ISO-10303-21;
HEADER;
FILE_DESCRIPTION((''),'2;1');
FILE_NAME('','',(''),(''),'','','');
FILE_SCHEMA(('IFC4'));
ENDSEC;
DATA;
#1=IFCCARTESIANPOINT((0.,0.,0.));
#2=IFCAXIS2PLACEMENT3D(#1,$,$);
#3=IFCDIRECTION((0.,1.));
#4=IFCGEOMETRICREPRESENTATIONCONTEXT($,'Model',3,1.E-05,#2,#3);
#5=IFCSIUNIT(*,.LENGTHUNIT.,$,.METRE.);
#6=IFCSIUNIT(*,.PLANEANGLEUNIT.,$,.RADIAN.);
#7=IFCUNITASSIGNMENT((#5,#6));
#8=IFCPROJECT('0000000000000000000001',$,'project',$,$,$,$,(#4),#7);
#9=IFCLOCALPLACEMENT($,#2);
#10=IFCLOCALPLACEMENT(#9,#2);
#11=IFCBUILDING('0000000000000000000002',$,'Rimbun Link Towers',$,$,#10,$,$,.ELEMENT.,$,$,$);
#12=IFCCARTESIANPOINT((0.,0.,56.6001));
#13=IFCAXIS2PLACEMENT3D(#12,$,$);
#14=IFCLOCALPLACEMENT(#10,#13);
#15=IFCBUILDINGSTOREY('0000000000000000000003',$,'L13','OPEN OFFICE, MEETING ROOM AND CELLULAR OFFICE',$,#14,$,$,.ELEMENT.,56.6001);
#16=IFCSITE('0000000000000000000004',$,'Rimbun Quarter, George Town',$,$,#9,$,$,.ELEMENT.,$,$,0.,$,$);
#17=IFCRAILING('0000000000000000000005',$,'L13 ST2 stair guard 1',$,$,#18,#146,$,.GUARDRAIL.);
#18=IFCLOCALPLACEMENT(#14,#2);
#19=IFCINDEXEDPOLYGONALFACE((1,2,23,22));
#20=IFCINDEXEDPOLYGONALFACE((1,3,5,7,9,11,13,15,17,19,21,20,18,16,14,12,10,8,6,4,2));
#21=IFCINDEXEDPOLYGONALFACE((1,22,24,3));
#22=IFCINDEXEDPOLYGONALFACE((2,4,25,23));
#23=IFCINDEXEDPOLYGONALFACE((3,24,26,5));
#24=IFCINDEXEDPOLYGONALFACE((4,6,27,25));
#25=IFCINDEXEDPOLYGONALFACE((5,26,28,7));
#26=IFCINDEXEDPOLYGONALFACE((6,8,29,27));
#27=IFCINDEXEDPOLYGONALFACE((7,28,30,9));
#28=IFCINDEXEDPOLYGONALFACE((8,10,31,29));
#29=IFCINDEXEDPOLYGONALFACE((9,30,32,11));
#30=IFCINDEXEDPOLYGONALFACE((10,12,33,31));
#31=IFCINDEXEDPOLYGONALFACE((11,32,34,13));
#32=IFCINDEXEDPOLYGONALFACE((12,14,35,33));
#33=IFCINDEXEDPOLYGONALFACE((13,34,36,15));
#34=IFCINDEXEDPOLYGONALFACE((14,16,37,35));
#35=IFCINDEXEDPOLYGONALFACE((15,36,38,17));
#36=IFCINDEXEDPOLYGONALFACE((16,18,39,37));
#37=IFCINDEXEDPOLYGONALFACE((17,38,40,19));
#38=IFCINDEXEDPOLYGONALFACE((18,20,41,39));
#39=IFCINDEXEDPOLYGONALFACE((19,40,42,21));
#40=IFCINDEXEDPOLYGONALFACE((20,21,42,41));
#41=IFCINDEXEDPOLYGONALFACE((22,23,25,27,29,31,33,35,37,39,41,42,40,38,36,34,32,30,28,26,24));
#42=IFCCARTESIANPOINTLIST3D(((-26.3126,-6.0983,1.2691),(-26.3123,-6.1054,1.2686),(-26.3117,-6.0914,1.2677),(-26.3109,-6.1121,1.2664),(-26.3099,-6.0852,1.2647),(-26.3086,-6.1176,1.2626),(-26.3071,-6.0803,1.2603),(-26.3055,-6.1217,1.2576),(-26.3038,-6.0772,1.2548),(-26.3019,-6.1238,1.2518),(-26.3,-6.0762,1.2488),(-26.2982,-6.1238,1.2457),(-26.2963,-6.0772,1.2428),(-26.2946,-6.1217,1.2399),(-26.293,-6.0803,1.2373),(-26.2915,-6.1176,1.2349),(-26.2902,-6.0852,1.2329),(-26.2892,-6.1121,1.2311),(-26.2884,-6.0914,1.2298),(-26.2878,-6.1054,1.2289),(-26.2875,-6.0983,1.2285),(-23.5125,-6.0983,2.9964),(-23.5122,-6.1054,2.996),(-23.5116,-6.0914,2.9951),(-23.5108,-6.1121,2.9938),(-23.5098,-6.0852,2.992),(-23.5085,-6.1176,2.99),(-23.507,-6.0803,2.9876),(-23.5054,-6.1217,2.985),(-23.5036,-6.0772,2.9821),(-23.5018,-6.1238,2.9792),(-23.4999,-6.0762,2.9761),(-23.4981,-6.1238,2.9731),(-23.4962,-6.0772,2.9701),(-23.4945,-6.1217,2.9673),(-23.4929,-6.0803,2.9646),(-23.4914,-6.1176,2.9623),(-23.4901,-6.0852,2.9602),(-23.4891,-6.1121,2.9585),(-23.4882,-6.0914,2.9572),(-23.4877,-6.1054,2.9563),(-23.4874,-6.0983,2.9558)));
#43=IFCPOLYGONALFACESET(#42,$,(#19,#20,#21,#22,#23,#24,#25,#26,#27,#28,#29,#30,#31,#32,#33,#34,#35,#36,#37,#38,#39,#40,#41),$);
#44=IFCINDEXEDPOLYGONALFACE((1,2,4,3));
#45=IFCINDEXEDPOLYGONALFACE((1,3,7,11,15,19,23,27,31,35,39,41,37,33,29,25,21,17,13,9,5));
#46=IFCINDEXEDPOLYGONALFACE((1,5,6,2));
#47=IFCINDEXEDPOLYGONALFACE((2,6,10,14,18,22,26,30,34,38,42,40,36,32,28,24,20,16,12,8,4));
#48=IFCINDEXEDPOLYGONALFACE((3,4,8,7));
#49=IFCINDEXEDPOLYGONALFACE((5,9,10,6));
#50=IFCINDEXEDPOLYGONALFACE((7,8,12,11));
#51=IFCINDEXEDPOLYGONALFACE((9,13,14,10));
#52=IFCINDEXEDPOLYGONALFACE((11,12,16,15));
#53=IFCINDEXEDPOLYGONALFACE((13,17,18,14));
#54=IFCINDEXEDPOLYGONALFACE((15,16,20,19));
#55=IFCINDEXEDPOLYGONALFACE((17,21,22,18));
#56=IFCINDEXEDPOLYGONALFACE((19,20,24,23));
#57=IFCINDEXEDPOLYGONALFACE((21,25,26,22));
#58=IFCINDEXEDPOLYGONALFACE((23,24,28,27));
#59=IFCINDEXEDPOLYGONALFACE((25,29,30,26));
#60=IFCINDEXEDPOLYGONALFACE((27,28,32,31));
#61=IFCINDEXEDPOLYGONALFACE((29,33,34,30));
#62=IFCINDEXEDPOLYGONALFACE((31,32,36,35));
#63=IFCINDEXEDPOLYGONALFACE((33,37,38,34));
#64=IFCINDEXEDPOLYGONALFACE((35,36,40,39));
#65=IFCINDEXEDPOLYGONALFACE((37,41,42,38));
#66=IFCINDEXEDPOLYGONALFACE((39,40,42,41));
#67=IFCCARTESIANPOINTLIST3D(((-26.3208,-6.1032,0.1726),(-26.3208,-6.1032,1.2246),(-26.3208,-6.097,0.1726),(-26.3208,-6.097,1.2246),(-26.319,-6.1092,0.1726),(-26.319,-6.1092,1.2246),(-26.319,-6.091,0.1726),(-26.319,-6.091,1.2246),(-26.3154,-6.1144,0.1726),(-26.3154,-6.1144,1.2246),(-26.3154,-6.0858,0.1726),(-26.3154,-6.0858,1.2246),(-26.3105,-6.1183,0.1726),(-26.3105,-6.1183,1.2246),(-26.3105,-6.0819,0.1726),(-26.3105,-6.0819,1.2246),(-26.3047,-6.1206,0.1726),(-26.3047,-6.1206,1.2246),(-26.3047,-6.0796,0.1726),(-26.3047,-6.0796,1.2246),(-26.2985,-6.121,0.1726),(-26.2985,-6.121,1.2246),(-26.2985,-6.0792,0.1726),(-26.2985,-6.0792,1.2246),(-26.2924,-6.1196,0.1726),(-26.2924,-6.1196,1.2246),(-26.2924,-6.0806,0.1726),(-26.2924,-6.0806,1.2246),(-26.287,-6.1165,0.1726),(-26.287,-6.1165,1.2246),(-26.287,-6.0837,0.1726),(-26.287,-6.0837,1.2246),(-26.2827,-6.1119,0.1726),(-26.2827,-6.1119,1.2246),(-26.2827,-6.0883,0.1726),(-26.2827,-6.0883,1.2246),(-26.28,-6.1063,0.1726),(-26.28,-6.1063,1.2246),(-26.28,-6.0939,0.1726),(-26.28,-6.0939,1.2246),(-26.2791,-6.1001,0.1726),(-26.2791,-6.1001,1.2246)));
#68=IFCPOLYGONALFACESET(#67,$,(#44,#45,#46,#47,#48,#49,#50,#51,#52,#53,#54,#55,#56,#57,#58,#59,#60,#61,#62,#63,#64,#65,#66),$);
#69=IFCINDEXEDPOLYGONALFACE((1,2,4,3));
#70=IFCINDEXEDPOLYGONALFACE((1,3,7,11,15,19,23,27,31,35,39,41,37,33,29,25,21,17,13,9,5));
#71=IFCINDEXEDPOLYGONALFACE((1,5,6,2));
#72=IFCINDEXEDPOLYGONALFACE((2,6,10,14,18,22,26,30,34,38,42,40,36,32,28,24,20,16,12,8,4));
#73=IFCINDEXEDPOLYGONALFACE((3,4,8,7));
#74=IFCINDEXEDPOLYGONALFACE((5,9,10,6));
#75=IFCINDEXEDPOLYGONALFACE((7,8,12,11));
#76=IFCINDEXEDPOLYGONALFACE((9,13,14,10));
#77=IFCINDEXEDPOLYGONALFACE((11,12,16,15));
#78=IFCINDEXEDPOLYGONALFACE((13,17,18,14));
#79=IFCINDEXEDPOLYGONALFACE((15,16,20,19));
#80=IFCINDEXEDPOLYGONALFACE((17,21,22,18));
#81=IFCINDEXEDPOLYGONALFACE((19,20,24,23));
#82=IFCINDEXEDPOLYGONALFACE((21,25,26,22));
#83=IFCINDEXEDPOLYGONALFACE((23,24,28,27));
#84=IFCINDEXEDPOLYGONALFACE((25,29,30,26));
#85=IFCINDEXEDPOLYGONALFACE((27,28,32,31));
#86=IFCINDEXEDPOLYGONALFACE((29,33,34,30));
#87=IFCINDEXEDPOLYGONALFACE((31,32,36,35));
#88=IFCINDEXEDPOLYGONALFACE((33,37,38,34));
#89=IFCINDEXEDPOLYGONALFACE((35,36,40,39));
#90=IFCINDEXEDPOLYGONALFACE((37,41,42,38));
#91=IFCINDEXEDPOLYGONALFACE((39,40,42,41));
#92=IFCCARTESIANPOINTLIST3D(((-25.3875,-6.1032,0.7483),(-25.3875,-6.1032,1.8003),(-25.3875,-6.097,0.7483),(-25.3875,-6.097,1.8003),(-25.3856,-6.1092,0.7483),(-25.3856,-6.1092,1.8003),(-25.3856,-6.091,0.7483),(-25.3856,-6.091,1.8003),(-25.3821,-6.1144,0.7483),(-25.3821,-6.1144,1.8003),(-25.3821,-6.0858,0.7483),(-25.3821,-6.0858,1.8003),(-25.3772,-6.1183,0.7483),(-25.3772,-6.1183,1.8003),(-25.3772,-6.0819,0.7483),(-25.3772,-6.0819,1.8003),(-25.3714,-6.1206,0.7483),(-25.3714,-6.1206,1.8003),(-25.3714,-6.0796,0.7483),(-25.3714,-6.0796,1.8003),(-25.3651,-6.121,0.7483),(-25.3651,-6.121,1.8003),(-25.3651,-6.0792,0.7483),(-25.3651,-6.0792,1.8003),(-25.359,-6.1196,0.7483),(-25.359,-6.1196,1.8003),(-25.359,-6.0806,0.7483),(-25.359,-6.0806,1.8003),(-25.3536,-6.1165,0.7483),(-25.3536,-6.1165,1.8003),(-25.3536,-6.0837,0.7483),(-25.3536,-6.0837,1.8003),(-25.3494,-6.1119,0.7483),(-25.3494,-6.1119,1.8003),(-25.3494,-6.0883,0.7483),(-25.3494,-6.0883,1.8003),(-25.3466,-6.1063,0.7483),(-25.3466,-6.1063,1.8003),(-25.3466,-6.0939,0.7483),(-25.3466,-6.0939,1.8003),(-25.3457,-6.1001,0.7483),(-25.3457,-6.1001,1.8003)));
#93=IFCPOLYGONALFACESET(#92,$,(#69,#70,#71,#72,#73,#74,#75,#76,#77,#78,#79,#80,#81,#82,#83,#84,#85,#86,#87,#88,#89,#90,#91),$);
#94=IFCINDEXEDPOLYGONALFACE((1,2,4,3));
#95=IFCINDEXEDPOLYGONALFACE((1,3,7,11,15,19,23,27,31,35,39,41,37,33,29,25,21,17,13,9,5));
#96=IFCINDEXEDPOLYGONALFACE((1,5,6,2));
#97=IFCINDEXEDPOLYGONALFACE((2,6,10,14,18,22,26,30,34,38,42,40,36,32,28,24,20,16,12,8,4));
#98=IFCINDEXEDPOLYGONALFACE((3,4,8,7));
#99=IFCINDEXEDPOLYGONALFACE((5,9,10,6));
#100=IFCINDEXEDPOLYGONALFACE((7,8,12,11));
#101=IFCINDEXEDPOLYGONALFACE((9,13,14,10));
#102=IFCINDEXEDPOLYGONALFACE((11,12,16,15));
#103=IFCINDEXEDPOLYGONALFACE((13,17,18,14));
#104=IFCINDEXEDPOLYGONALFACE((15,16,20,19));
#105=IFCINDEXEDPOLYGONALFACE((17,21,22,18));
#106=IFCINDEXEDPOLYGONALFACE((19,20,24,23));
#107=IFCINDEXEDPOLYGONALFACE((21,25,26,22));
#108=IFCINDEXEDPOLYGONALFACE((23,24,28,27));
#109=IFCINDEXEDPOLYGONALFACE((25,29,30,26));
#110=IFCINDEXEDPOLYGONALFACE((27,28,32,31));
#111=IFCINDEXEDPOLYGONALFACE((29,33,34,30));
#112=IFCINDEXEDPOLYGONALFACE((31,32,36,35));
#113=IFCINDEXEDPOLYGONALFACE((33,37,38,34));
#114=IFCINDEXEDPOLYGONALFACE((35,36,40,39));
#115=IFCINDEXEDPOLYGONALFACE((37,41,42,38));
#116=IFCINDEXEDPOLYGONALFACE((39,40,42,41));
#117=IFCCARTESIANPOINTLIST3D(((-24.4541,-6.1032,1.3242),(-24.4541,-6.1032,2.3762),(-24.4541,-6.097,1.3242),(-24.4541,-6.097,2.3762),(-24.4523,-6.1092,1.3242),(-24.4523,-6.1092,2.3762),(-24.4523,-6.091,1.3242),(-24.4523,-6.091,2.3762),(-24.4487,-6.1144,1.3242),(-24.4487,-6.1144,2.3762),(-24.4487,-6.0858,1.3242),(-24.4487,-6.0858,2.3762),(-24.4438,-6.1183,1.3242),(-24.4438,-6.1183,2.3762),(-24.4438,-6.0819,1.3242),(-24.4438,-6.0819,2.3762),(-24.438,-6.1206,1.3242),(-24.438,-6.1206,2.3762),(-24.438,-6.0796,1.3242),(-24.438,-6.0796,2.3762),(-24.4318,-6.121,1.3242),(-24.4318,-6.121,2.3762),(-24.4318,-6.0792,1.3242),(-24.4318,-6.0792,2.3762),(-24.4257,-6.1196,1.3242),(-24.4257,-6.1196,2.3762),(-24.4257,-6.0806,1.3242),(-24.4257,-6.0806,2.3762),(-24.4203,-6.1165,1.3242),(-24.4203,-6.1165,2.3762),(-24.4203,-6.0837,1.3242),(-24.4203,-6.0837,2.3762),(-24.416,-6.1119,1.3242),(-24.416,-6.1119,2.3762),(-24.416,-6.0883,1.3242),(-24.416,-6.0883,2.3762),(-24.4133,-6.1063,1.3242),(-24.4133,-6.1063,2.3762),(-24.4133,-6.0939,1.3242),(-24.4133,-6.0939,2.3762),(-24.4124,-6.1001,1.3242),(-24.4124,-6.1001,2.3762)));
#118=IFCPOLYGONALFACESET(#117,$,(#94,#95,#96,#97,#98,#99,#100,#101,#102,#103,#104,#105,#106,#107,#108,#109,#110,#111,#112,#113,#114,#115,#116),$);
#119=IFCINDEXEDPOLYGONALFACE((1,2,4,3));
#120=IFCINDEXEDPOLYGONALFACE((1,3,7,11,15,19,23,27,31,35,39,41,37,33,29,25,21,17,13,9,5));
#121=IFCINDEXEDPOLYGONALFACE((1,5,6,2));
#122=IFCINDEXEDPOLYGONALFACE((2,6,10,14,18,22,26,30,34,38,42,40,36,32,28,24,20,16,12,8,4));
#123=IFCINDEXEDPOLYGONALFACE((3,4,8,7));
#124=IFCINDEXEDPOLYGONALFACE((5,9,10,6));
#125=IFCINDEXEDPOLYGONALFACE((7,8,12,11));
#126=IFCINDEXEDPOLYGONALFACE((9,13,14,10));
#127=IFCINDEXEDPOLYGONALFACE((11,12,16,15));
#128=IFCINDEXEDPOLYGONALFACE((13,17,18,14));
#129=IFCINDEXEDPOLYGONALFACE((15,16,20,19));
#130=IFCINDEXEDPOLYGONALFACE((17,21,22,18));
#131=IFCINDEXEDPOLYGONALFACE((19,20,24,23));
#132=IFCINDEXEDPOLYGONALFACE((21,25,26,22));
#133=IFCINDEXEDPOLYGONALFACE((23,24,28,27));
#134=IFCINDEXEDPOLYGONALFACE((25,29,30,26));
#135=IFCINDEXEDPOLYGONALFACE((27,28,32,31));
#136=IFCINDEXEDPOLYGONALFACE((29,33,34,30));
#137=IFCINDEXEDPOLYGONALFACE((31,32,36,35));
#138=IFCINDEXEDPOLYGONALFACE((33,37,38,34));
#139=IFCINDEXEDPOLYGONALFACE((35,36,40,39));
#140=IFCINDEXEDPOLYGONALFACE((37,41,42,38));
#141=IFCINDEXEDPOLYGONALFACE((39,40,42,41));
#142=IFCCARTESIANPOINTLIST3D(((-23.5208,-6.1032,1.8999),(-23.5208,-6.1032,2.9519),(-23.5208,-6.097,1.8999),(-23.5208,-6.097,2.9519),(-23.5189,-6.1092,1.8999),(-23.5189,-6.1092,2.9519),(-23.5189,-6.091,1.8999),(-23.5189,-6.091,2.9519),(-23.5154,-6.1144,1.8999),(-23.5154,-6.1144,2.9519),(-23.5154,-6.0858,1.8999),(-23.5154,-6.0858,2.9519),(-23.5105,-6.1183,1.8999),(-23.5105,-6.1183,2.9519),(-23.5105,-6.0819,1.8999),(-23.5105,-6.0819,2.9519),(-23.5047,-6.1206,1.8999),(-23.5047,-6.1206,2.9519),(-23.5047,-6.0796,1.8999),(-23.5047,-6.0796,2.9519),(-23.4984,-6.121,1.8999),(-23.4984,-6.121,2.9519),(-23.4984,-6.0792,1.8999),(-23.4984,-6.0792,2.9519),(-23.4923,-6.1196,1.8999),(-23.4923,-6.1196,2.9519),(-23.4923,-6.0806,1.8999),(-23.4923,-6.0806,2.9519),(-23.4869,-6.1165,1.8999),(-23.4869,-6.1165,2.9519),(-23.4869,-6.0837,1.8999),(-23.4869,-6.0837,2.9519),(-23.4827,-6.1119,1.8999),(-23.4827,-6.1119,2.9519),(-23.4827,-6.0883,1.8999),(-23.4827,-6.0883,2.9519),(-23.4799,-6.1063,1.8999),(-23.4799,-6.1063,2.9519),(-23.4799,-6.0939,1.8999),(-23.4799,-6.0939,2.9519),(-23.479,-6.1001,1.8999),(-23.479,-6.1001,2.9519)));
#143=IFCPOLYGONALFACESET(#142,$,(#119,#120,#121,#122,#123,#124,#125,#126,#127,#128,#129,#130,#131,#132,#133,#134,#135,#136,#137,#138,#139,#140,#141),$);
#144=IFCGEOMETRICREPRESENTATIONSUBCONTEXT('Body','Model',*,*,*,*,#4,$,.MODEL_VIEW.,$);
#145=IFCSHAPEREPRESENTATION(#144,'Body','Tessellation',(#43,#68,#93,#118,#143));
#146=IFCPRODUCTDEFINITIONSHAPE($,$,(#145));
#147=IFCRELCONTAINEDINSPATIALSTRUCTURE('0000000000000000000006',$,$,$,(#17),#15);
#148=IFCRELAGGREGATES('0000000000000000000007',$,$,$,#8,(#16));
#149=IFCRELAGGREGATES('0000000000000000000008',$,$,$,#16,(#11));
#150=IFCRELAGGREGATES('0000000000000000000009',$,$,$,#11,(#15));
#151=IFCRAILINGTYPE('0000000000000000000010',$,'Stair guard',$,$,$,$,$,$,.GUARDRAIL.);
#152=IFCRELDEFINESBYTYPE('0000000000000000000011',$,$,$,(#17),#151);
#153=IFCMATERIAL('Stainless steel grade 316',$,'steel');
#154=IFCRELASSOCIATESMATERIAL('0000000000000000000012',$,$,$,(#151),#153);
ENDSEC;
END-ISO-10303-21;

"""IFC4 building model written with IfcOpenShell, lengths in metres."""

from ifc_helpers import new_model, si_unit, direction, frame, origin, origin_2d, place, context, subcontext, project, spatial, circle, extrude, material, type_object, element, save


model = new_model("IFC4")

# Units and contexts
model_context = context("Model", 3, precision=1e-05, world=origin(), true_north=direction((0.0, 1.0)))
body_context = subcontext(model_context, "Body", "Model", "MODEL_VIEW")
ifc_project = project(units=[si_unit("LENGTHUNIT", "METRE"), si_unit("PLANEANGLEUNIT", "RADIAN")], contexts=[model_context])

# Site, building, storey
site_placement = place(None, origin())
site = spatial("IfcSite", under=ifc_project, at=site_placement, Name="Rimbun Quarter, George Town", CompositionType="ELEMENT", RefElevation=0.0)
building_placement = place(site_placement, origin())
building = spatial("IfcBuilding", under=site, at=building_placement, Name="Rimbun Link Towers", CompositionType="ELEMENT")
storey_placement = place(building_placement, frame((0.0, 0.0, 56.6001)))
storey = spatial("IfcBuildingStorey", under=building, at=storey_placement, Name="L13", Description="OPEN OFFICE, MEETING ROOM AND CELLULAR OFFICE", CompositionType="ELEMENT", Elevation=56.6001)

# Railing
ifc_material_1 = material(Name="Stainless steel grade 316", Category="steel")
railing_type_1 = type_object("IfcRailingType", Name="Stair guard", PredefinedType="GUARDRAIL", material=ifc_material_1)
railing_1_placement = place(storey_placement, frame((-26.3, -6.1001, 0.1726)))
element("IfcRailing", 1, at=railing_1_placement, inside=storey, type_object=railing_type_1, Name="L13 ST2 stair guard 1", PredefinedType="GUARDRAIL", context=body_context, shape_type="SweptSolid", body=[
    extrude(circle(Radius=0.0239, at=origin_2d()), frame((0.0, 0.0, 1.0762), z_axis=(0.85109, 0.0, 0.52502), x_axis=(0.0, 1.0, 0.0)), (0.0, 0.0, 1.0), 3.29),
    extrude(circle(Radius=0.021, at=origin_2d()), origin(), (0.0, 0.0, 1.0), 1.052),
    extrude(circle(Radius=0.021, at=origin_2d()), frame((0.9333, 0.0, 0.5757)), (0.0, 0.0, 1.0), 1.052),
    extrude(circle(Radius=0.021, at=origin_2d()), frame((1.8667, 0.0, 1.1516)), (0.0, 0.0, 1.0), 1.052),
    extrude(circle(Radius=0.021, at=origin_2d()), frame((2.8, 0.0, 1.7273)), (0.0, 0.0, 1.0), 1.052),
])

save(model, "model.ifc")
